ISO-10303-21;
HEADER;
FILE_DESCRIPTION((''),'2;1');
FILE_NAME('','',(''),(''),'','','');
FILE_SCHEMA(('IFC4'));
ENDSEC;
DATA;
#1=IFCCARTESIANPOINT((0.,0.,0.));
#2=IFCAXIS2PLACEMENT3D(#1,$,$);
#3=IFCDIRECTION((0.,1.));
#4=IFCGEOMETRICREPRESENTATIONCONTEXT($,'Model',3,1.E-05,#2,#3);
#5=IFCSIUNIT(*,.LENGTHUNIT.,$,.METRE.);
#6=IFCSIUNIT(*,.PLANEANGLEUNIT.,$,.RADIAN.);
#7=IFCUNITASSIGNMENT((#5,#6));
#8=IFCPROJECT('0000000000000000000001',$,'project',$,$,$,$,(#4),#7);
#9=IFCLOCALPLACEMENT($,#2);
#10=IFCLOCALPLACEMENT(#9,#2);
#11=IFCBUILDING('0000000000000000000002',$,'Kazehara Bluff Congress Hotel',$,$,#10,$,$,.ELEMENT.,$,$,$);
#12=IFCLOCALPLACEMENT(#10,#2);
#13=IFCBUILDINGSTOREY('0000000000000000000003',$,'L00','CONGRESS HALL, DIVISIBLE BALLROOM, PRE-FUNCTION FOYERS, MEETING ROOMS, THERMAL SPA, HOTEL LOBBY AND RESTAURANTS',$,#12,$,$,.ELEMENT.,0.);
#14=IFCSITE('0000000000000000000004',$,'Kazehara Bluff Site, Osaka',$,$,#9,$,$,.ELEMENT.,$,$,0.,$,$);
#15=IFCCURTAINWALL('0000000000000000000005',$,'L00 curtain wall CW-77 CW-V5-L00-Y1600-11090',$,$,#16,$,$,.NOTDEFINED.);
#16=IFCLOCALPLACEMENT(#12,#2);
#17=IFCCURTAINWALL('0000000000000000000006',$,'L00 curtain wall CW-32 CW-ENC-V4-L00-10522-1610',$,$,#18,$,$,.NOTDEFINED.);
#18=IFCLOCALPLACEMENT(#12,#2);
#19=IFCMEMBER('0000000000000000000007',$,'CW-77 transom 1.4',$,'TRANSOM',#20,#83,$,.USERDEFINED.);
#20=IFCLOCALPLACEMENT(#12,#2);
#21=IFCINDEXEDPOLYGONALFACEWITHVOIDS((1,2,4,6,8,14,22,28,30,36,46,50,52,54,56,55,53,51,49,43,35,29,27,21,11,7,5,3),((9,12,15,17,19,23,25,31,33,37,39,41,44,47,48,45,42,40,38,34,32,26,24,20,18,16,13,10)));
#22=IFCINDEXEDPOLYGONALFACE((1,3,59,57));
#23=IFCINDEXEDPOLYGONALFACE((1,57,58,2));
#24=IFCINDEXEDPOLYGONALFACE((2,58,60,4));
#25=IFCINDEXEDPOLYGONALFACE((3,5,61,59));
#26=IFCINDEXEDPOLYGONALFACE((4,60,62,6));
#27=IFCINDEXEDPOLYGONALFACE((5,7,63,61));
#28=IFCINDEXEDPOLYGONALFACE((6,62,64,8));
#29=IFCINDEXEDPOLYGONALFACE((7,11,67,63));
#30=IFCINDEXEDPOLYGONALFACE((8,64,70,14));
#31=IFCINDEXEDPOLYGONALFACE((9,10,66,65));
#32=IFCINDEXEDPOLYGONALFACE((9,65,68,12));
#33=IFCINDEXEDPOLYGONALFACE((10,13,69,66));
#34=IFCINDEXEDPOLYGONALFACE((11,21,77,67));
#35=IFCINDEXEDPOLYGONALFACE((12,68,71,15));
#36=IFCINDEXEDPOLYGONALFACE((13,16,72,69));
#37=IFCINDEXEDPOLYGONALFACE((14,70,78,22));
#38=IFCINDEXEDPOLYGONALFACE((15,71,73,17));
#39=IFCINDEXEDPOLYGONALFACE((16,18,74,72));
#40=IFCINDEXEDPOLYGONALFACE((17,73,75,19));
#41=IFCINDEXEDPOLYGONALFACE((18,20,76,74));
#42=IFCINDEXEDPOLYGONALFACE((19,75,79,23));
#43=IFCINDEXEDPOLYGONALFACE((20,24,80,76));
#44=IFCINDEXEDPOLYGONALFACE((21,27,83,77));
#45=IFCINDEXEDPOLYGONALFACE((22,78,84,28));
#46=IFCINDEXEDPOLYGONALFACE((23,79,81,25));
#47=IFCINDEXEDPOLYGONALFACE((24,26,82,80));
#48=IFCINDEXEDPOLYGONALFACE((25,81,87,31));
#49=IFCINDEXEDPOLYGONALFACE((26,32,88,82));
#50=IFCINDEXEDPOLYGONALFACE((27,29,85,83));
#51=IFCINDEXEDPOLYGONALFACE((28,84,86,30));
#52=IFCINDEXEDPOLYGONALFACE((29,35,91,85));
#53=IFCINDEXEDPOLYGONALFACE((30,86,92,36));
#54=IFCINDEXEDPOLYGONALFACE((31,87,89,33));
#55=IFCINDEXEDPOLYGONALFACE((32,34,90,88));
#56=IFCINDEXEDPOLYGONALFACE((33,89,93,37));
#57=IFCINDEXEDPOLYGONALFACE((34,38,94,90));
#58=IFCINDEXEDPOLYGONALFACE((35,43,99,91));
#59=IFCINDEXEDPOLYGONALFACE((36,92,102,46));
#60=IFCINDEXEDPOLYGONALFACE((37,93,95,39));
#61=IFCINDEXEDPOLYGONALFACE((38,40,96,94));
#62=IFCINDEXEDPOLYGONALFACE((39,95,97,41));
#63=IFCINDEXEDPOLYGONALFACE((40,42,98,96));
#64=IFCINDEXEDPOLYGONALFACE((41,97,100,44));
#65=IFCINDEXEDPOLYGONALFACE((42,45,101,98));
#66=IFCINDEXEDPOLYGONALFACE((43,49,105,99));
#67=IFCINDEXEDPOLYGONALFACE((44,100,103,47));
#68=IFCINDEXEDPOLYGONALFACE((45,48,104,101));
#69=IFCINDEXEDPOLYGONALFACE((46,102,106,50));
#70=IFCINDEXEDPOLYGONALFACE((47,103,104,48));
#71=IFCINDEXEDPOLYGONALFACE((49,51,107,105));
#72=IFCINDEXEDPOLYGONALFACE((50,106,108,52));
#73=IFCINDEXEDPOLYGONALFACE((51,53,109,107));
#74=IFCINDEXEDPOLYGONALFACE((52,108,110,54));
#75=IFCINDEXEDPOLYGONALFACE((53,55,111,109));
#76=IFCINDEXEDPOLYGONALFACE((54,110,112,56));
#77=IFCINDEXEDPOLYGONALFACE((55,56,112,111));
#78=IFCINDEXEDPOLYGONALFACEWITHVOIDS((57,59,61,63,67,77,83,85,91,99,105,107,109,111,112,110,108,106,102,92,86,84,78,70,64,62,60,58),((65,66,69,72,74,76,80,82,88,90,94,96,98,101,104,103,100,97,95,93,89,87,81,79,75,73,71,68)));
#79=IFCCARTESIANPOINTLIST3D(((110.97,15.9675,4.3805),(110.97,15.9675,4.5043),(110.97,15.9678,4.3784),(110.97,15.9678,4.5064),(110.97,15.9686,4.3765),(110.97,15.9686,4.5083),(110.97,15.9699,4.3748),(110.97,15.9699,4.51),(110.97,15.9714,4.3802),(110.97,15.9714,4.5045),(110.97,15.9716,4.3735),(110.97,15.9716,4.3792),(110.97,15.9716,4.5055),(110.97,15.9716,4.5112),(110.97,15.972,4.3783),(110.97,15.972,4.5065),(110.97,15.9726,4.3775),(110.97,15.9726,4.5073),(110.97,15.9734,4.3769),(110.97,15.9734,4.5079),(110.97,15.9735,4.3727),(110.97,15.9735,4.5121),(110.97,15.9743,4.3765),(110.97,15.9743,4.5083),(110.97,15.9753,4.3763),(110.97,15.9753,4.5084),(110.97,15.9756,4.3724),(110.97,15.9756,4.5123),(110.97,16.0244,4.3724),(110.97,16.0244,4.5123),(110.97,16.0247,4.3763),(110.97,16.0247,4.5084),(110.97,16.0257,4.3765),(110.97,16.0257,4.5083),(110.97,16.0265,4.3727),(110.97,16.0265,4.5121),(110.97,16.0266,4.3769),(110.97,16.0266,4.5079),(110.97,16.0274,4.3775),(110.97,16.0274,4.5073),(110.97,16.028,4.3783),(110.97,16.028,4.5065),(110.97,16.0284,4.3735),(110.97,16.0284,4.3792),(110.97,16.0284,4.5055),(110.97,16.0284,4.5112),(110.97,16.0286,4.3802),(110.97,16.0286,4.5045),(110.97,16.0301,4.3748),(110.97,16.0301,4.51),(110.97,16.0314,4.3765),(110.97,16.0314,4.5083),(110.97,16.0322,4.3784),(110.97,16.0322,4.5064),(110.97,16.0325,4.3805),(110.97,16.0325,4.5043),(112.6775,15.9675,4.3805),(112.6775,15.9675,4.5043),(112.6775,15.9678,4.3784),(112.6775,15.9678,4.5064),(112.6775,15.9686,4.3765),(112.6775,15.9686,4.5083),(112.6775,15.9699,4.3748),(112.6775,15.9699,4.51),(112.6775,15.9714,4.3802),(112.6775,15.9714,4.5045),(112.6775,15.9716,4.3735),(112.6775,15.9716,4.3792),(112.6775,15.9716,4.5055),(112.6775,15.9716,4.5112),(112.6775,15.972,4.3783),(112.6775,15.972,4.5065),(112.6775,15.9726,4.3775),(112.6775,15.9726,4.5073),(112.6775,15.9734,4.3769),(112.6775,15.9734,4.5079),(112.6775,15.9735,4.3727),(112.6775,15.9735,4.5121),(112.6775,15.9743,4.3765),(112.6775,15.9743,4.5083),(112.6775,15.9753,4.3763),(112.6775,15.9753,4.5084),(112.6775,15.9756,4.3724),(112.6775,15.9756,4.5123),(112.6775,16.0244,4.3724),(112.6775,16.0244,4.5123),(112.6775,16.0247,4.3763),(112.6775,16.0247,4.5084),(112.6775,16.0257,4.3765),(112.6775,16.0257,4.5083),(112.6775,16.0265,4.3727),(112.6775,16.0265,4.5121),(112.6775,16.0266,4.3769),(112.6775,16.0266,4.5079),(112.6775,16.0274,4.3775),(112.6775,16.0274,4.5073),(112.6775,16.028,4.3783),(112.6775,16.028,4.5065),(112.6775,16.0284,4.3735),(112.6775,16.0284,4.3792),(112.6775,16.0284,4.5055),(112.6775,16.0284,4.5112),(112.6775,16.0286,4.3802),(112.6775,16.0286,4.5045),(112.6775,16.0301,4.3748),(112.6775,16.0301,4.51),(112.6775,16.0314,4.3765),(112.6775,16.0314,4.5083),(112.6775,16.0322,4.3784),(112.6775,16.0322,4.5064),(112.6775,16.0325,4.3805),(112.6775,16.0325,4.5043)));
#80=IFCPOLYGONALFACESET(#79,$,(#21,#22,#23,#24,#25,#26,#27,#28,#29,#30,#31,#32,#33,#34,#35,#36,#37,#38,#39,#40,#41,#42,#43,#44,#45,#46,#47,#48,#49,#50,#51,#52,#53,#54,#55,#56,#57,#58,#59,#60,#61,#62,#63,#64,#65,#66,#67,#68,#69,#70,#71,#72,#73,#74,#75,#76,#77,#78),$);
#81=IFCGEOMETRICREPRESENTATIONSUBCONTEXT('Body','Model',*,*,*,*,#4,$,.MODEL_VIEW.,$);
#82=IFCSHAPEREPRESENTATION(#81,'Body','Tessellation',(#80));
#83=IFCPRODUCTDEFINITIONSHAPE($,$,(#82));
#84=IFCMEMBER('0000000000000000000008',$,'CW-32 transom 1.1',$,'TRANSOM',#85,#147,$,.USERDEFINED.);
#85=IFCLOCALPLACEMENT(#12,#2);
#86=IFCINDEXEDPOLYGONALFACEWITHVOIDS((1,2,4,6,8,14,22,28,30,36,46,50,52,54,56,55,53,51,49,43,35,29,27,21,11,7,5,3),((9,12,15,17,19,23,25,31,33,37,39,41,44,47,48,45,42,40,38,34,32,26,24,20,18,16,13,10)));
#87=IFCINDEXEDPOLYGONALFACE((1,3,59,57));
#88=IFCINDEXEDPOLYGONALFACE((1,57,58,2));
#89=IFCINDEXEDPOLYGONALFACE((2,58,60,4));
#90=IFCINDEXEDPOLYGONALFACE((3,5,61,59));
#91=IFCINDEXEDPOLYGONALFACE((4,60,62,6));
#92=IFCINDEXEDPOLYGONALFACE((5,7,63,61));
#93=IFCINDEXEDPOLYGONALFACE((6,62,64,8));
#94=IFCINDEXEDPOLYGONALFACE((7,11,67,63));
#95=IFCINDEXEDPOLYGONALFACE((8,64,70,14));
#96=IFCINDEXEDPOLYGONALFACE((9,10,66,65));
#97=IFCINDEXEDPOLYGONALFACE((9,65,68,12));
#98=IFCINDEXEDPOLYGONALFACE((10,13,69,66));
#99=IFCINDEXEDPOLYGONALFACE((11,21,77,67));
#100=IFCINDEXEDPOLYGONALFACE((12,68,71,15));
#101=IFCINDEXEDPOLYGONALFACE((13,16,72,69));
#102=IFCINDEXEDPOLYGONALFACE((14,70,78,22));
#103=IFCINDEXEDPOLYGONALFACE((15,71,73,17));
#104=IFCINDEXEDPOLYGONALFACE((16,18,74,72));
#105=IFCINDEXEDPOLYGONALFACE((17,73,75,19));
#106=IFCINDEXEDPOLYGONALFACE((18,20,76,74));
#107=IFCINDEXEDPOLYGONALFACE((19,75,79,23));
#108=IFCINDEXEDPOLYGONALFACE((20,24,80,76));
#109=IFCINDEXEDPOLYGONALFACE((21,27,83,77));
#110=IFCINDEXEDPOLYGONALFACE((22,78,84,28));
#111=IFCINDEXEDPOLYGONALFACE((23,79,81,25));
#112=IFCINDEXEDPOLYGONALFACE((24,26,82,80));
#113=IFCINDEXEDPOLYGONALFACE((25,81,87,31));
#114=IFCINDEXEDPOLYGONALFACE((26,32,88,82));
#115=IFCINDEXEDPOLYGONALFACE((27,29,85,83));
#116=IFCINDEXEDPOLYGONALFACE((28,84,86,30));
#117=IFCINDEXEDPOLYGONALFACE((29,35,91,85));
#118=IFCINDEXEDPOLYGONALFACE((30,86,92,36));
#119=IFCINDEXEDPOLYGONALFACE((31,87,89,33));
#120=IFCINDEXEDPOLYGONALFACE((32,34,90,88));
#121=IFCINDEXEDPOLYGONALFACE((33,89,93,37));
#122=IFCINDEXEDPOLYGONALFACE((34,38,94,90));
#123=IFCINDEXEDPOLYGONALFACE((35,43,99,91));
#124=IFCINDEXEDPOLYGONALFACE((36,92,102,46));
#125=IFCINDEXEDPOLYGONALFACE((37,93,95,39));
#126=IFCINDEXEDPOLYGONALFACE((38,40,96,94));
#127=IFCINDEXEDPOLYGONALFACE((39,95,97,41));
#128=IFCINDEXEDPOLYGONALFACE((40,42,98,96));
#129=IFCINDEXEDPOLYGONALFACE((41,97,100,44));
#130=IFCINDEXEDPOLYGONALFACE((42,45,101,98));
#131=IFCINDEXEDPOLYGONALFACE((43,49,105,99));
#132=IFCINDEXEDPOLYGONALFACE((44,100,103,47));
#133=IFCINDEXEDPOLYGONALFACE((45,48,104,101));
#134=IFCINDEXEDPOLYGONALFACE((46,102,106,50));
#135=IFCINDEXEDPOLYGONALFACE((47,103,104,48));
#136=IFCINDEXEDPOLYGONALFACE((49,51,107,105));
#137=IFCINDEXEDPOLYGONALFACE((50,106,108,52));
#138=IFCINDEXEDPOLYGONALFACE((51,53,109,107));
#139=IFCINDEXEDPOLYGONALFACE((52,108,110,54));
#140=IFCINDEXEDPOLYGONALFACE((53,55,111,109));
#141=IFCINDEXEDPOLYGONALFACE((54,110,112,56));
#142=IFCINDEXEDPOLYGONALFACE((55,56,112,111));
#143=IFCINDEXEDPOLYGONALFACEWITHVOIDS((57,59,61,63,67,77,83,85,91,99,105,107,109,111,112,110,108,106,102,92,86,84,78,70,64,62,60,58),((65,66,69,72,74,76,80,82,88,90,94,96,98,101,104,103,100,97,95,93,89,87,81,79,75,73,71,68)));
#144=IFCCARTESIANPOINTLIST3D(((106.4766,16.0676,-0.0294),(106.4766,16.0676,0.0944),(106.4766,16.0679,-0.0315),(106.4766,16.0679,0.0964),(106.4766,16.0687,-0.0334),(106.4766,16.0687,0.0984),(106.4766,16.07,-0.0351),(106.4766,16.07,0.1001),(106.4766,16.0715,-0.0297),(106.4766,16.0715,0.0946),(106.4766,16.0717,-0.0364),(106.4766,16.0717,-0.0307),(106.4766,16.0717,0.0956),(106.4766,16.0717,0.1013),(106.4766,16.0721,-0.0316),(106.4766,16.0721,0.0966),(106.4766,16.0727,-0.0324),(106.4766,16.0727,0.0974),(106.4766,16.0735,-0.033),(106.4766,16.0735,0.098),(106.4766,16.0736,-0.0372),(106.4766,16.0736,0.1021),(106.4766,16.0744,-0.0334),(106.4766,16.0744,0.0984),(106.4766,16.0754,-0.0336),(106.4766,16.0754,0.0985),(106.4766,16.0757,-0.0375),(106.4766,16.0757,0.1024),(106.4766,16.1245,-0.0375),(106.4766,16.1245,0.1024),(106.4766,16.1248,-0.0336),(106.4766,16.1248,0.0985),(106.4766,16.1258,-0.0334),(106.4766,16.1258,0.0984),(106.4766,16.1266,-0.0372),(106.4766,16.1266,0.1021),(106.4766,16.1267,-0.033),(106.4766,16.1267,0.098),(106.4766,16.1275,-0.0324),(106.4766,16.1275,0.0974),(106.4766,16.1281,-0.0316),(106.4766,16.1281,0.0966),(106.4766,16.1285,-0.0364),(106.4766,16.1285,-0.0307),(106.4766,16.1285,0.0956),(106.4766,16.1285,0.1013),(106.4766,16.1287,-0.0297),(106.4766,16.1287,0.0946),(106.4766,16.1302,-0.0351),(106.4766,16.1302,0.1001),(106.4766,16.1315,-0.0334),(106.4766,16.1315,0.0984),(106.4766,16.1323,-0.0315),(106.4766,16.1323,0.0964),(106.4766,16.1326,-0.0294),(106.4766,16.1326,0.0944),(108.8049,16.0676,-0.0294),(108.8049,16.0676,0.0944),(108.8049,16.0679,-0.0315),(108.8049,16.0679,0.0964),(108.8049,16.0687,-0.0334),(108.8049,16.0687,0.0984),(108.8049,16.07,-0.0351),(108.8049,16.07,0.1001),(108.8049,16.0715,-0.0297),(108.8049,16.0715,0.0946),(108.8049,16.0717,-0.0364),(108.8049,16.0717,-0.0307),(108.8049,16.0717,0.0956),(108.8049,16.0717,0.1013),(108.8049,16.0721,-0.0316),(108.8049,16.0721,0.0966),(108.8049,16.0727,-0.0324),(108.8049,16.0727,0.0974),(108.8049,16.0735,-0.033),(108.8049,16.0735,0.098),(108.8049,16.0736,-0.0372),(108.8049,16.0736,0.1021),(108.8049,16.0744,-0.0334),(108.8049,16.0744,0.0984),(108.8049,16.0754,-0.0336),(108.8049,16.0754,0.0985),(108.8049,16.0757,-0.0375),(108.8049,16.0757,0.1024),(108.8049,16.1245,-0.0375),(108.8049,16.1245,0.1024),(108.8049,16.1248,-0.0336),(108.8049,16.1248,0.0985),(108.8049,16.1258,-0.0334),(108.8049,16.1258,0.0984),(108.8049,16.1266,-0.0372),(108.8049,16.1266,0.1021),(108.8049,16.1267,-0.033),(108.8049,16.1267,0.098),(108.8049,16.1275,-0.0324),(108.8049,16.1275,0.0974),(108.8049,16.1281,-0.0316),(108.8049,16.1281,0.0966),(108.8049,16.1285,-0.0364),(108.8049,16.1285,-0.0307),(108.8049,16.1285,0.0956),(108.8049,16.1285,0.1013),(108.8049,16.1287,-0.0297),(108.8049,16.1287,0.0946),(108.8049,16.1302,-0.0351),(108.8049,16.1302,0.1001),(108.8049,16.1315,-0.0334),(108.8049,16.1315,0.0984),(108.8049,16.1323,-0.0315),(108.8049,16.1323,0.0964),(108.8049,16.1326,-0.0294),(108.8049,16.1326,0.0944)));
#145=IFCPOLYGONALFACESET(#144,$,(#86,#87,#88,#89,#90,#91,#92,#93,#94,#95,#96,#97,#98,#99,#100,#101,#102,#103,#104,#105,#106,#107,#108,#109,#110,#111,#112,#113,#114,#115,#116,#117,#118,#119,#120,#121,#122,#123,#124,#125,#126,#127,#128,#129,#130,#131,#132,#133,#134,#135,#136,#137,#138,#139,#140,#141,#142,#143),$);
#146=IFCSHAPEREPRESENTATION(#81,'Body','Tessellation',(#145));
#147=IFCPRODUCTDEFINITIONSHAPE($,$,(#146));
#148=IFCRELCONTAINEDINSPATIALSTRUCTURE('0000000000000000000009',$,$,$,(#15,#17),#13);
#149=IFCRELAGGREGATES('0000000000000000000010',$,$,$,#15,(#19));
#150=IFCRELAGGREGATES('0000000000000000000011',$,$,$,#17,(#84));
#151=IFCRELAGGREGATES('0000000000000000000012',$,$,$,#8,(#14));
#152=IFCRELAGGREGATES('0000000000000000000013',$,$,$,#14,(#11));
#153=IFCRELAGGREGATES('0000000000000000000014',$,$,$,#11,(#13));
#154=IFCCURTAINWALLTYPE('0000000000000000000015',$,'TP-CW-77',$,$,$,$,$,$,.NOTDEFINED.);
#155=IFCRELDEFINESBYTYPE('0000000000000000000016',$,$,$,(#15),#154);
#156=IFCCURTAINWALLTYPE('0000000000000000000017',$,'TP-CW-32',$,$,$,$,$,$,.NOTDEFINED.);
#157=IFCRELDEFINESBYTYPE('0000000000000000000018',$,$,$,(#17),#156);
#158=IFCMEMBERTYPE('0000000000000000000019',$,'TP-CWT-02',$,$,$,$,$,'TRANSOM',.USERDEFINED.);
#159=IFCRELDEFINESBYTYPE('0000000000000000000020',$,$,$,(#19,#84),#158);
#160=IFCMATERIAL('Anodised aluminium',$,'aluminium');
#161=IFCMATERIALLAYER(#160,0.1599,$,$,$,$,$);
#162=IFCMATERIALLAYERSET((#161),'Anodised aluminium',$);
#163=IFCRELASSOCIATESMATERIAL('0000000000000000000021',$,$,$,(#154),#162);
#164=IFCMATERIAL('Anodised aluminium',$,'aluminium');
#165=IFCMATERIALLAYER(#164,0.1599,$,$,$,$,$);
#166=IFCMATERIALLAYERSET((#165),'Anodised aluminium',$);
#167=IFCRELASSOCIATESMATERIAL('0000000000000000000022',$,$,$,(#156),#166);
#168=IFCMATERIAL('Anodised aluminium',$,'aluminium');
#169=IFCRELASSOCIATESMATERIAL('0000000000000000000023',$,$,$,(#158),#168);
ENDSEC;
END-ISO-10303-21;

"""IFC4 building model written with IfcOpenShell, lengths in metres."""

from ifc_helpers import new_model, si_unit, direction, frame, origin, origin_2d, place, context, subcontext, project, spatial, hollow_rectangle, extrude, material, layer, layer_set, material_profile, profile_set, type_object, element, aggregate, save


model = new_model("IFC4")

# Units and contexts
model_context = context("Model", 3, precision=1e-05, world=origin(), true_north=direction((0.0, 1.0)))
body_context = subcontext(model_context, "Body", "Model", "MODEL_VIEW")
ifc_project = project(units=[si_unit("LENGTHUNIT", "METRE"), si_unit("PLANEANGLEUNIT", "RADIAN")], contexts=[model_context])

# Site, building, storey
site_placement = place(None, origin())
site = spatial("IfcSite", under=ifc_project, at=site_placement, Name="Kazehara Bluff Site, Osaka", CompositionType="ELEMENT", RefElevation=0.0)
building_placement = place(site_placement, origin())
building = spatial("IfcBuilding", under=site, at=building_placement, Name="Kazehara Bluff Congress Hotel", CompositionType="ELEMENT")
storey_placement = place(building_placement, origin())
storey = spatial("IfcBuildingStorey", under=building, at=storey_placement, Name="L00", Description="CONGRESS HALL, DIVISIBLE BALLROOM, PRE-FUNCTION FOYERS, MEETING ROOMS, THERMAL SPA, HOTEL LOBBY AND RESTAURANTS", CompositionType="ELEMENT", Elevation=0.0)

# Curtain wall
ifc_material_1 = material(Name="Anodised aluminium", Category="aluminium")
ifc_layer_1 = layer(ifc_material_1, 0.1599)
ifc_layer_set_1 = layer_set([ifc_layer_1], Name="Anodised aluminium")
curtain_wall_type_1 = type_object("IfcCurtainWallType", Name="TP-CW-77", PredefinedType="NOTDEFINED", material=ifc_layer_set_1)
curtain_wall_1_placement = place(storey_placement, origin())
curtain_wall_1 = element("IfcCurtainWall", 1, at=curtain_wall_1_placement, inside=storey, type_object=curtain_wall_type_1, Name="L00 curtain wall CW-77 CW-V5-L00-Y1600-11090", PredefinedType="NOTDEFINED")

# Curtain wall
ifc_material_2 = material(Name="Anodised aluminium", Category="aluminium")
ifc_layer_2 = layer(ifc_material_2, 0.1599)
ifc_layer_set_2 = layer_set([ifc_layer_2], Name="Anodised aluminium")
curtain_wall_type_2 = type_object("IfcCurtainWallType", Name="TP-CW-32", PredefinedType="NOTDEFINED", material=ifc_layer_set_2)
curtain_wall_2_placement = place(storey_placement, origin())
curtain_wall_2 = element("IfcCurtainWall", 2, at=curtain_wall_2_placement, inside=storey, type_object=curtain_wall_type_2, Name="L00 curtain wall CW-32 CW-ENC-V4-L00-10522-1610", PredefinedType="NOTDEFINED")

# Members
ifc_material_3 = material(Name="Anodised aluminium", Category="aluminium")
ifc_material_profile_1 = material_profile(ifc_material_3, hollow_rectangle(XDim=0.0649, YDim=0.1399, WallThickness=0.0039, InnerFilletRadius=0.0039, OuterFilletRadius=0.0081, at=origin_2d()))
ifc_profile_set_1 = profile_set([ifc_material_profile_1], Name="Anodised aluminium")
member_type_1 = type_object("IfcMemberType", Name="TP-CWT-02", ElementType="TRANSOM", PredefinedType="USERDEFINED", material=ifc_profile_set_1)
member_1_placement = place(storey_placement, frame((110.97, 16.0, 4.4424), z_axis=(1.0, 0.0, 0.0), x_axis=(0.0, 1.0, 0.0)))
member_1 = element("IfcMember", 3, at=member_1_placement, type_object=member_type_1, Name="CW-77 transom 1.4", ObjectType="TRANSOM", PredefinedType="USERDEFINED", context=body_context, shape_type="SweptSolid", body=[
    extrude(hollow_rectangle(XDim=0.0649, YDim=0.1399, WallThickness=0.0039, InnerFilletRadius=0.0039, OuterFilletRadius=0.0081, at=origin_2d()), origin(), (0.0, 0.0, 1.0), 1.7075),
])
member_2_placement = place(storey_placement, frame((108.8049, 16.1001, 0.0325), z_axis=(-1.0, 0.0, 0.0), x_axis=(0.0, -1.0, 0.0)))
member_2 = element("IfcMember", 4, at=member_2_placement, type_object=member_type_1, Name="CW-32 transom 1.1", ObjectType="TRANSOM", PredefinedType="USERDEFINED", context=body_context, shape_type="SweptSolid", body=[
    extrude(hollow_rectangle(XDim=0.0649, YDim=0.1399, WallThickness=0.0039, InnerFilletRadius=0.0039, OuterFilletRadius=0.0081, at=origin_2d()), origin(), (0.0, 0.0, 1.0), 2.3284),
])

aggregate(curtain_wall_1, [member_1])
aggregate(curtain_wall_2, [member_2])

save(model, "model.ifc")
